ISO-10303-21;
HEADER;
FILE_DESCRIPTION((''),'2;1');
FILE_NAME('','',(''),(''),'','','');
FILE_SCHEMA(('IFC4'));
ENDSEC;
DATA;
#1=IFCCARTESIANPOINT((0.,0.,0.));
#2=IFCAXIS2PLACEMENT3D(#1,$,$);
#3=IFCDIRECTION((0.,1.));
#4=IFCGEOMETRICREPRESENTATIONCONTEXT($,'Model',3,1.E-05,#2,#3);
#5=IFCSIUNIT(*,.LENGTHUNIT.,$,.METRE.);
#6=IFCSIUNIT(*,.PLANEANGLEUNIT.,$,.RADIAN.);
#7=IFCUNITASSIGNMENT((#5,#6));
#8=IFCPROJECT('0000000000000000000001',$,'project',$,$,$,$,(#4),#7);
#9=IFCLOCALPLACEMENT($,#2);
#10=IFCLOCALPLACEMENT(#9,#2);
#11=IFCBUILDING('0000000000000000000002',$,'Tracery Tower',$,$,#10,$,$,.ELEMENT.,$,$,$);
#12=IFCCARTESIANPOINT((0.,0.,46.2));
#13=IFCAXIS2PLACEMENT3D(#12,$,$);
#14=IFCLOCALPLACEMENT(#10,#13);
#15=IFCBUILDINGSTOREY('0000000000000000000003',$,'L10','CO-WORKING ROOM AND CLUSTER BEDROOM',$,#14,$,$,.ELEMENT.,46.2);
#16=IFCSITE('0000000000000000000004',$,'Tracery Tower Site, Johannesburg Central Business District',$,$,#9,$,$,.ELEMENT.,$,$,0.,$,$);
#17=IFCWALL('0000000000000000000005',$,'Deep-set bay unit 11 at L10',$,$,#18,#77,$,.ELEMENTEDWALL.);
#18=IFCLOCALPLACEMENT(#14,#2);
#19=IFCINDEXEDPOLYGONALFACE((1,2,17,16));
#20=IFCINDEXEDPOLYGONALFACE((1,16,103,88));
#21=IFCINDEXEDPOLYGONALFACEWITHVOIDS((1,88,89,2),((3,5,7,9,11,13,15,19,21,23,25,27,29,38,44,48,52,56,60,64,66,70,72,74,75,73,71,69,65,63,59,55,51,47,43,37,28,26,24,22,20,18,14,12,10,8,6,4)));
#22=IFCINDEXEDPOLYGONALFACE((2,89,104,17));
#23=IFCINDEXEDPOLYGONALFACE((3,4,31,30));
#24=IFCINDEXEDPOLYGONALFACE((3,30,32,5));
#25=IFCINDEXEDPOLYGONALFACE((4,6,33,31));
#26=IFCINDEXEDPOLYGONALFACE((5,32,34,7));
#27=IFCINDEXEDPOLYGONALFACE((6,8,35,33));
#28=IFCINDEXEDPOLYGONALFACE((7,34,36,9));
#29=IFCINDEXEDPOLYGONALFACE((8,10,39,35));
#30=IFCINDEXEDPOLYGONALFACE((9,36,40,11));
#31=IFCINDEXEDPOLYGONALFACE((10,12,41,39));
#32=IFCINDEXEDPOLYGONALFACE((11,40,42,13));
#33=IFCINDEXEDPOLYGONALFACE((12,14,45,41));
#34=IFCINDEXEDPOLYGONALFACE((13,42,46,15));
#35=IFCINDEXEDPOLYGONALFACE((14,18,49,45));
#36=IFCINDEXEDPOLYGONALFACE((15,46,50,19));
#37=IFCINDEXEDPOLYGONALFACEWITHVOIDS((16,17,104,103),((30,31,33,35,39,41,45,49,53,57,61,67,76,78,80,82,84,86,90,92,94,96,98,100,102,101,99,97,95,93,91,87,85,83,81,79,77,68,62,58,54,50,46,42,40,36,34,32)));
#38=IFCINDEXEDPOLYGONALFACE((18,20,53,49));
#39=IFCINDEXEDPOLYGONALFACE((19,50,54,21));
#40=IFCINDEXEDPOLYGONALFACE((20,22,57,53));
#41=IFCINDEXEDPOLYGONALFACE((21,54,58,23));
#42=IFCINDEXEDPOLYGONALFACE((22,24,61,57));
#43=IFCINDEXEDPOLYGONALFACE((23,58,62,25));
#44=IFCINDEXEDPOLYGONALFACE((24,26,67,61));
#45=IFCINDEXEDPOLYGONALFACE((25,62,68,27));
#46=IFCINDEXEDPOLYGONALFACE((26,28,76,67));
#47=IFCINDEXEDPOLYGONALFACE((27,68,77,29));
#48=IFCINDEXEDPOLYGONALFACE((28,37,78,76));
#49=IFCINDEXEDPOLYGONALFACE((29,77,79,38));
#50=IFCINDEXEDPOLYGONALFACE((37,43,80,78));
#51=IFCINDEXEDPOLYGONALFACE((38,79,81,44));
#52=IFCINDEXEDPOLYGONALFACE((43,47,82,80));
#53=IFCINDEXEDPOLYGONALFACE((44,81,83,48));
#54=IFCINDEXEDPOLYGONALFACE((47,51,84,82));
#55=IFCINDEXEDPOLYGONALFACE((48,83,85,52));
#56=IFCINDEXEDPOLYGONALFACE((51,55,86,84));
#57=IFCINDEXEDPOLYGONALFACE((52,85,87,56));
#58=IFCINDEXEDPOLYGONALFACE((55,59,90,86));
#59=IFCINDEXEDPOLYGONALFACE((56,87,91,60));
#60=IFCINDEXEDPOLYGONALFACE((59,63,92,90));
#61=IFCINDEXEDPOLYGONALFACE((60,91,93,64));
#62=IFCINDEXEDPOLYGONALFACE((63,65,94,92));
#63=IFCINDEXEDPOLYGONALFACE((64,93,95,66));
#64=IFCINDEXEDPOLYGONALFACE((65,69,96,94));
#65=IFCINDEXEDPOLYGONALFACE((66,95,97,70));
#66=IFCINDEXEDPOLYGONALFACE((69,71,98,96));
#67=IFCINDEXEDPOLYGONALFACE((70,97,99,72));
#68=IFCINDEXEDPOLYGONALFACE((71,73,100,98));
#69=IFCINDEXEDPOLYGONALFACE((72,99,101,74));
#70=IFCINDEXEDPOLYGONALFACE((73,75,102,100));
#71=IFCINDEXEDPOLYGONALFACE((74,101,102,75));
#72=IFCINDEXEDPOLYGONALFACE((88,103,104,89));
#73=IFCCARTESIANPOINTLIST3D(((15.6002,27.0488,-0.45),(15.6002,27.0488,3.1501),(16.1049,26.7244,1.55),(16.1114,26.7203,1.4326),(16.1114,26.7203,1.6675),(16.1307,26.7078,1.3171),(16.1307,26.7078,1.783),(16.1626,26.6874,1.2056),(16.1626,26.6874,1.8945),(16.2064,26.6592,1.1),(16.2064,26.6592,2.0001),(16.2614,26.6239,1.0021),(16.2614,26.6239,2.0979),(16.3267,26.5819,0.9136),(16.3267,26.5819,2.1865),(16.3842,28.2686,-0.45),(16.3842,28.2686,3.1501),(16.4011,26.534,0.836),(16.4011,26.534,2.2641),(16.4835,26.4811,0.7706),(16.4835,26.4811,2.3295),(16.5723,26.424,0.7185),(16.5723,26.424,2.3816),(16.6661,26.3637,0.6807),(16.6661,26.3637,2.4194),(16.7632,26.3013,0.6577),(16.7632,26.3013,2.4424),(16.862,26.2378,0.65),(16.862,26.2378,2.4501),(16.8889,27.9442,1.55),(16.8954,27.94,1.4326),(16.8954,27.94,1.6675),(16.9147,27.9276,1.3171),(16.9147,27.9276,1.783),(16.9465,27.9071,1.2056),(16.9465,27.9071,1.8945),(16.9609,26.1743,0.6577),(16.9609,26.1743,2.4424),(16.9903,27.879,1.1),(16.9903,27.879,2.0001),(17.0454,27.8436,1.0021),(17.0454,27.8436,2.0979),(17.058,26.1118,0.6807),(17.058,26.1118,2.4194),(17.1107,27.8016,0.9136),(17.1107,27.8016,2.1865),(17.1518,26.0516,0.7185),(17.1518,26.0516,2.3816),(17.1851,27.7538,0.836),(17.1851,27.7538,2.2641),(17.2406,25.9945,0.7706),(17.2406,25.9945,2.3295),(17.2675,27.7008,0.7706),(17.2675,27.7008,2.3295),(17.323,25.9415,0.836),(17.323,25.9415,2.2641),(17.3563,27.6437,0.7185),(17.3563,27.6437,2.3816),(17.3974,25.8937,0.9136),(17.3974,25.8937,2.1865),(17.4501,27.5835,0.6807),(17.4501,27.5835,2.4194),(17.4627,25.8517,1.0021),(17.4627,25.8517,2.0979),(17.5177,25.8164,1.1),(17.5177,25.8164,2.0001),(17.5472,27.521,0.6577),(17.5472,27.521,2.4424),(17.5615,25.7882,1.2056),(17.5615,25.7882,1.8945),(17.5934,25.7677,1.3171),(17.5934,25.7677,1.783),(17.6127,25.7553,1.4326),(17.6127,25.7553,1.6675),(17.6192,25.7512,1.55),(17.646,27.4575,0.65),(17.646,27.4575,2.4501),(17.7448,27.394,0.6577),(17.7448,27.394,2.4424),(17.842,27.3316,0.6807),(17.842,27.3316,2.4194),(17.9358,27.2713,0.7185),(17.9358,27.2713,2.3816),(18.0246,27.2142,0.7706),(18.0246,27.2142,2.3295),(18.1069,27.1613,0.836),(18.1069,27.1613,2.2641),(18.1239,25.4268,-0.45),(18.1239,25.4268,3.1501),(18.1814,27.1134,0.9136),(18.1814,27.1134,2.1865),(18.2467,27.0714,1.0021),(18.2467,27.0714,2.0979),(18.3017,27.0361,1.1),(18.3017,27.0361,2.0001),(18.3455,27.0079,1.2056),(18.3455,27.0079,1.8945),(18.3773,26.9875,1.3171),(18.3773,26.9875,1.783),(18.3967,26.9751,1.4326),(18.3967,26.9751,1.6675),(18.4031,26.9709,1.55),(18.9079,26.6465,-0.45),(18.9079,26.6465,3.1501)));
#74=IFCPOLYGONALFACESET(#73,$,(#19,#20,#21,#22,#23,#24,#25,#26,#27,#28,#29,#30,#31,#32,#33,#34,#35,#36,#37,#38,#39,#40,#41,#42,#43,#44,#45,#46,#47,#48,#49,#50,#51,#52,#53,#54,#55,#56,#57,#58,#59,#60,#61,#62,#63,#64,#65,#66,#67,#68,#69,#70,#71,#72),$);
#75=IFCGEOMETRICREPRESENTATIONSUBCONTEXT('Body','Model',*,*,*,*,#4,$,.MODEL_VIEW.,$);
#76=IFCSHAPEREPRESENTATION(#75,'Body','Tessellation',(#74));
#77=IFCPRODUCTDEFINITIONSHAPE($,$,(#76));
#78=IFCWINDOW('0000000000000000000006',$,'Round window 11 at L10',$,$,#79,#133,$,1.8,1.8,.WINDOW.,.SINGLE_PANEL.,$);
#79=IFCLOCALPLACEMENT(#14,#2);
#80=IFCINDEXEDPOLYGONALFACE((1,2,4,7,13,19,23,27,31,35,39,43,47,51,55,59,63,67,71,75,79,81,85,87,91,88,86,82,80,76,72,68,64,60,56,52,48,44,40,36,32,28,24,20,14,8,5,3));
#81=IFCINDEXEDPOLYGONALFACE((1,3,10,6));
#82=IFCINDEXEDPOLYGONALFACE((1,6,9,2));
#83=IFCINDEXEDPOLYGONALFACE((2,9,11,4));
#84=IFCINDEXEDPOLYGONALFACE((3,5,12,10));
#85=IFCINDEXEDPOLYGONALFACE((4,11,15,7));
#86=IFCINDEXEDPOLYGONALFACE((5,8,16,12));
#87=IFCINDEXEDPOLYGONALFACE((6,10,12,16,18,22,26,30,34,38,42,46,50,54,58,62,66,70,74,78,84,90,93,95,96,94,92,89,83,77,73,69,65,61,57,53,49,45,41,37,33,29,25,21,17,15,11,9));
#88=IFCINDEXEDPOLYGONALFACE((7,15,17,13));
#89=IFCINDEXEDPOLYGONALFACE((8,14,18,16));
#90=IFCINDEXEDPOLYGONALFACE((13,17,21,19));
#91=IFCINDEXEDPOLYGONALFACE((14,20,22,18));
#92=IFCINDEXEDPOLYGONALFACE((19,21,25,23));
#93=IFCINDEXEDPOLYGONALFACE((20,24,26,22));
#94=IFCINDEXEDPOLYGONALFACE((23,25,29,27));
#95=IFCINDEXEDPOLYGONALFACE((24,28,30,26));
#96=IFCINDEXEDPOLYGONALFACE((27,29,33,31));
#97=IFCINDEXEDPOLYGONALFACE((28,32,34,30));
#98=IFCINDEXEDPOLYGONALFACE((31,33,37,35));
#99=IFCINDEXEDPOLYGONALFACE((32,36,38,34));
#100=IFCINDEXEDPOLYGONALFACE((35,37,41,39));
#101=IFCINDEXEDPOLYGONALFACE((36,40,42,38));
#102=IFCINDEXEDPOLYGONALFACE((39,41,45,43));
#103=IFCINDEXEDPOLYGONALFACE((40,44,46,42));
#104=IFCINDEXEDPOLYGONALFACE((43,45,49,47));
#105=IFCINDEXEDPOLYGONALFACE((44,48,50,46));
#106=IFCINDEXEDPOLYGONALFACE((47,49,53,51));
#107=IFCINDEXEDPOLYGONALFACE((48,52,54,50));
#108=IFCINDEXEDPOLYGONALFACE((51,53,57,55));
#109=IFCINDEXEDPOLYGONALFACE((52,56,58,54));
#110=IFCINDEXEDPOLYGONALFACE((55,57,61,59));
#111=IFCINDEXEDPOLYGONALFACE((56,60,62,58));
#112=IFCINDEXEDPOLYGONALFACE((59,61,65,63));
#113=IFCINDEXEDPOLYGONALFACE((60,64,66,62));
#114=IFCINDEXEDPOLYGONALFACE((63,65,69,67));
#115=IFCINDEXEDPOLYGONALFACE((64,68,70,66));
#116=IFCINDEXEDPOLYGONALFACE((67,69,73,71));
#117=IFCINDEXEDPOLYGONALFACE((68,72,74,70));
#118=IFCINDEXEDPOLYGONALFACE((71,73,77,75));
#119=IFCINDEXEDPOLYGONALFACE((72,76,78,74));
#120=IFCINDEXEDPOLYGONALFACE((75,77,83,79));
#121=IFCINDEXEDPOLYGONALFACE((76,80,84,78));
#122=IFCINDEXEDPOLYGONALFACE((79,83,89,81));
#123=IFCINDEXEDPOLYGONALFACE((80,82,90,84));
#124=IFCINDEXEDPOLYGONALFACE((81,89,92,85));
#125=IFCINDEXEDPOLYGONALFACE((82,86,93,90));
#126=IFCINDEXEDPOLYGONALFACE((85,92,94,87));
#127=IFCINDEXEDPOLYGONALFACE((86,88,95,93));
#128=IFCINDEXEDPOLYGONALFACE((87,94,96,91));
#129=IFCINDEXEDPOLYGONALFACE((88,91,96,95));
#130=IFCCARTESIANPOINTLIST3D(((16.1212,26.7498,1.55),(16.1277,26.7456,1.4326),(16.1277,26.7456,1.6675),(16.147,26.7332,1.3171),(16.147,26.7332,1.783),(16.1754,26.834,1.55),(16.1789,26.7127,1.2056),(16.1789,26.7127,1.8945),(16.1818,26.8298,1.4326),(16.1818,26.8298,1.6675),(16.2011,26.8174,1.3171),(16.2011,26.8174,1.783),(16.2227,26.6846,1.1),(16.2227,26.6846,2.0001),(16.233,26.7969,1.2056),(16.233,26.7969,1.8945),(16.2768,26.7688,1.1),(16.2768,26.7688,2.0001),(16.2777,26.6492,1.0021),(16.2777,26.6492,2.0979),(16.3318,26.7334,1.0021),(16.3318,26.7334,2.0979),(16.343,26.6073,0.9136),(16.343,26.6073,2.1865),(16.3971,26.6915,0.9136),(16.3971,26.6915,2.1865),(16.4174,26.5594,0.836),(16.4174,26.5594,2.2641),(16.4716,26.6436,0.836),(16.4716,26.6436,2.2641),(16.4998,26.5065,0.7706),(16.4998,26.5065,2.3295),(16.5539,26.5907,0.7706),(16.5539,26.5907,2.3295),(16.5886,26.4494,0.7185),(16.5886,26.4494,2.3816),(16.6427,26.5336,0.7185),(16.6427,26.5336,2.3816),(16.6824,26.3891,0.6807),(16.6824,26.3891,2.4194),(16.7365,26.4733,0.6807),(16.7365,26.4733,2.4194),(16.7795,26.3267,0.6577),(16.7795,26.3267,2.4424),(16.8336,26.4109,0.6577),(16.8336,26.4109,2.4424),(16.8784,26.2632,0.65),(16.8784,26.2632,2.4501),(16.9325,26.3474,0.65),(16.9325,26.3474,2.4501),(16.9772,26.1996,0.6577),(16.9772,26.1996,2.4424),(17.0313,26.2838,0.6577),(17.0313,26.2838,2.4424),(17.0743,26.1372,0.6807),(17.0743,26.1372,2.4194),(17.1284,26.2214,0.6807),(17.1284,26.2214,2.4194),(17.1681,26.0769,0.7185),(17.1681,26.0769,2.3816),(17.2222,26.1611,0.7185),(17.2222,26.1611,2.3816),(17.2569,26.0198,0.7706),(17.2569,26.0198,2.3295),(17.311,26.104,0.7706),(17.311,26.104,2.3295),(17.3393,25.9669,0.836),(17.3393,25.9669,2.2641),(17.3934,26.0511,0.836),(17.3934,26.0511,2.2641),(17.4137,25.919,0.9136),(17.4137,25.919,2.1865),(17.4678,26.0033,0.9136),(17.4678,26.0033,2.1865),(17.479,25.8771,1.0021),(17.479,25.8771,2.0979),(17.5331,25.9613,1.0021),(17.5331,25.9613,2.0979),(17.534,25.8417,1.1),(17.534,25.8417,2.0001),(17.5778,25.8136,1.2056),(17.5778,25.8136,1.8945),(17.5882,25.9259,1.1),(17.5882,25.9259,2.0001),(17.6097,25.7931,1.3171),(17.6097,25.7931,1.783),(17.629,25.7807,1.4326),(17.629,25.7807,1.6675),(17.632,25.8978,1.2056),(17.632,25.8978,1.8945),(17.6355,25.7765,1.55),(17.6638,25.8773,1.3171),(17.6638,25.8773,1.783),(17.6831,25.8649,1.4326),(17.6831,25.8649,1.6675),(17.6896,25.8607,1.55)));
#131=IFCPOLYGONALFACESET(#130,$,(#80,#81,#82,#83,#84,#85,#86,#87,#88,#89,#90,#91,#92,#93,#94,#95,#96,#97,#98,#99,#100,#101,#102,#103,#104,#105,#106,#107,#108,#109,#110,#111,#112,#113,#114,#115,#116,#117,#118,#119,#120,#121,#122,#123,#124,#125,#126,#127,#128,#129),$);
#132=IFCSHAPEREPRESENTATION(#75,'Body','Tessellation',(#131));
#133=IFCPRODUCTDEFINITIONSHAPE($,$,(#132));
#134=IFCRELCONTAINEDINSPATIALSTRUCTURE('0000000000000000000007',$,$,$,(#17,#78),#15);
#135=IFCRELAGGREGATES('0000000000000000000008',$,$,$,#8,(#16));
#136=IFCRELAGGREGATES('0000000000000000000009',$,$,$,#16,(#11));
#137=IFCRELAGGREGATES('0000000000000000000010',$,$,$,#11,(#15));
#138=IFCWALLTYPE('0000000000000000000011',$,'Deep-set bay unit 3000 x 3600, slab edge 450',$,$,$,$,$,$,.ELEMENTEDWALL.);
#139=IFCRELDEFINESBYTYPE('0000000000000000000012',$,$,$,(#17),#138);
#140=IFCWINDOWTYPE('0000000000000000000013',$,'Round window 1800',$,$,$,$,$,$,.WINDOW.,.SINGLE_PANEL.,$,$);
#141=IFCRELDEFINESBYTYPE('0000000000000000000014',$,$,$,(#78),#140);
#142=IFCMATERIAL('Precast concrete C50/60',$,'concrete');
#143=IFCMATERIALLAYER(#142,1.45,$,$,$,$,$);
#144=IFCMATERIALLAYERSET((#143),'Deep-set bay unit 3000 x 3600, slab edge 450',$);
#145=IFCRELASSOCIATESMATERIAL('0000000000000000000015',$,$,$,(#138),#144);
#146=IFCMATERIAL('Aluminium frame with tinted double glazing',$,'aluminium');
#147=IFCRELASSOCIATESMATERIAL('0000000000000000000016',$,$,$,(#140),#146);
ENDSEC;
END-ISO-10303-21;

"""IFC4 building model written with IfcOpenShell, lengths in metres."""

from ifc_helpers import new_model, si_unit, direction, frame, frame_2d, origin, origin_2d, place, context, subcontext, project, spatial, rectangle, circle, extrude, material, layer, layer_set, type_object, element, fill, save


model = new_model("IFC4")

# Units and contexts
model_context = context("Model", 3, precision=1e-05, world=origin(), true_north=direction((0.0, 1.0)))
body_context = subcontext(model_context, "Body", "Model", "MODEL_VIEW")
ifc_project = project(units=[si_unit("LENGTHUNIT", "METRE"), si_unit("PLANEANGLEUNIT", "RADIAN")], contexts=[model_context])

# Site, building, storey
site_placement = place(None, origin())
site = spatial("IfcSite", under=ifc_project, at=site_placement, Name="Tracery Tower Site, Johannesburg Central Business District", CompositionType="ELEMENT", RefElevation=0.0)
building_placement = place(site_placement, origin())
building = spatial("IfcBuilding", under=site, at=building_placement, Name="Tracery Tower", CompositionType="ELEMENT")
storey_placement = place(building_placement, frame((0.0, 0.0, 46.2)))
storey = spatial("IfcBuildingStorey", under=building, at=storey_placement, Name="L10", Description="CO-WORKING ROOM AND CLUSTER BEDROOM", CompositionType="ELEMENT", Elevation=46.2)

# Wall, opening, window
ifc_material_1 = material(Name="Precast concrete C50/60", Category="concrete")
ifc_layer_1 = layer(ifc_material_1, 1.45)
ifc_layer_set_1 = layer_set([ifc_layer_1], Name="Deep-set bay unit 3000 x 3600, slab edge 450")
wall_type_1 = type_object("IfcWallType", Name="Deep-set bay unit 3000 x 3600, slab edge 450", PredefinedType="ELEMENTEDWALL", material=ifc_layer_set_1)
ifc_material_2 = material(Name="Aluminium frame with tinted double glazing", Category="aluminium")
window_type = type_object("IfcWindowType", Name="Round window 1800", PartitioningType="SINGLE_PANEL", PredefinedType="WINDOW", material=ifc_material_2)
wall_1_placement = place(storey_placement, frame((18.5159, 26.0366, -0.45), z_axis=(0.0, 0.0, 1.0), x_axis=(-0.841223, 0.540688, 0.0)))
wall_1 = element("IfcWall", 1, at=wall_1_placement, inside=storey, type_object=wall_type_1, Name="Deep-set bay unit 11 at L10", PredefinedType="ELEMENTEDWALL", context=body_context, shape_type="SweptSolid", body=[
    extrude(rectangle(XDim=3.0, YDim=1.45, at=frame_2d((1.5, 0.0))), origin(), (0.0, 0.0, 1.0), 3.6001),
])
opening_1_placement = place(wall_1_placement, frame((1.5, 0.0, 2.0)))
opening_1 = element("IfcOpeningElement", 2, at=opening_1_placement, cuts=wall_1, PredefinedType="OPENING", context=body_context, shape_type="SweptSolid", body=[
    extrude(circle(Radius=0.9, at=origin_2d()), frame((0.0, 0.7349, 0.0), z_axis=(0.0, -1.0, 0.0), x_axis=(1.0, 0.0, 0.0)), (0.0, 0.0, 1.0), 1.47),
])
window_1_placement = place(opening_1_placement, origin())
window_1 = element("IfcWindow", 3, at=window_1_placement, inside=storey, type_object=window_type, Name="Round window 11 at L10", OverallHeight=1.8, OverallWidth=1.8, PartitioningType="SINGLE_PANEL", PredefinedType="WINDOW", context=body_context, shape_type="SweptSolid", body=[
    extrude(circle(Radius=0.9, at=origin_2d()), frame((0.0, 0.6948, 0.0), z_axis=(0.0, -1.0, 0.0), x_axis=(1.0, 0.0, 0.0)), (0.0, 0.0, 1.0), 0.1001),
])
fill(opening_1, window_1)

save(model, "model.ifc")
